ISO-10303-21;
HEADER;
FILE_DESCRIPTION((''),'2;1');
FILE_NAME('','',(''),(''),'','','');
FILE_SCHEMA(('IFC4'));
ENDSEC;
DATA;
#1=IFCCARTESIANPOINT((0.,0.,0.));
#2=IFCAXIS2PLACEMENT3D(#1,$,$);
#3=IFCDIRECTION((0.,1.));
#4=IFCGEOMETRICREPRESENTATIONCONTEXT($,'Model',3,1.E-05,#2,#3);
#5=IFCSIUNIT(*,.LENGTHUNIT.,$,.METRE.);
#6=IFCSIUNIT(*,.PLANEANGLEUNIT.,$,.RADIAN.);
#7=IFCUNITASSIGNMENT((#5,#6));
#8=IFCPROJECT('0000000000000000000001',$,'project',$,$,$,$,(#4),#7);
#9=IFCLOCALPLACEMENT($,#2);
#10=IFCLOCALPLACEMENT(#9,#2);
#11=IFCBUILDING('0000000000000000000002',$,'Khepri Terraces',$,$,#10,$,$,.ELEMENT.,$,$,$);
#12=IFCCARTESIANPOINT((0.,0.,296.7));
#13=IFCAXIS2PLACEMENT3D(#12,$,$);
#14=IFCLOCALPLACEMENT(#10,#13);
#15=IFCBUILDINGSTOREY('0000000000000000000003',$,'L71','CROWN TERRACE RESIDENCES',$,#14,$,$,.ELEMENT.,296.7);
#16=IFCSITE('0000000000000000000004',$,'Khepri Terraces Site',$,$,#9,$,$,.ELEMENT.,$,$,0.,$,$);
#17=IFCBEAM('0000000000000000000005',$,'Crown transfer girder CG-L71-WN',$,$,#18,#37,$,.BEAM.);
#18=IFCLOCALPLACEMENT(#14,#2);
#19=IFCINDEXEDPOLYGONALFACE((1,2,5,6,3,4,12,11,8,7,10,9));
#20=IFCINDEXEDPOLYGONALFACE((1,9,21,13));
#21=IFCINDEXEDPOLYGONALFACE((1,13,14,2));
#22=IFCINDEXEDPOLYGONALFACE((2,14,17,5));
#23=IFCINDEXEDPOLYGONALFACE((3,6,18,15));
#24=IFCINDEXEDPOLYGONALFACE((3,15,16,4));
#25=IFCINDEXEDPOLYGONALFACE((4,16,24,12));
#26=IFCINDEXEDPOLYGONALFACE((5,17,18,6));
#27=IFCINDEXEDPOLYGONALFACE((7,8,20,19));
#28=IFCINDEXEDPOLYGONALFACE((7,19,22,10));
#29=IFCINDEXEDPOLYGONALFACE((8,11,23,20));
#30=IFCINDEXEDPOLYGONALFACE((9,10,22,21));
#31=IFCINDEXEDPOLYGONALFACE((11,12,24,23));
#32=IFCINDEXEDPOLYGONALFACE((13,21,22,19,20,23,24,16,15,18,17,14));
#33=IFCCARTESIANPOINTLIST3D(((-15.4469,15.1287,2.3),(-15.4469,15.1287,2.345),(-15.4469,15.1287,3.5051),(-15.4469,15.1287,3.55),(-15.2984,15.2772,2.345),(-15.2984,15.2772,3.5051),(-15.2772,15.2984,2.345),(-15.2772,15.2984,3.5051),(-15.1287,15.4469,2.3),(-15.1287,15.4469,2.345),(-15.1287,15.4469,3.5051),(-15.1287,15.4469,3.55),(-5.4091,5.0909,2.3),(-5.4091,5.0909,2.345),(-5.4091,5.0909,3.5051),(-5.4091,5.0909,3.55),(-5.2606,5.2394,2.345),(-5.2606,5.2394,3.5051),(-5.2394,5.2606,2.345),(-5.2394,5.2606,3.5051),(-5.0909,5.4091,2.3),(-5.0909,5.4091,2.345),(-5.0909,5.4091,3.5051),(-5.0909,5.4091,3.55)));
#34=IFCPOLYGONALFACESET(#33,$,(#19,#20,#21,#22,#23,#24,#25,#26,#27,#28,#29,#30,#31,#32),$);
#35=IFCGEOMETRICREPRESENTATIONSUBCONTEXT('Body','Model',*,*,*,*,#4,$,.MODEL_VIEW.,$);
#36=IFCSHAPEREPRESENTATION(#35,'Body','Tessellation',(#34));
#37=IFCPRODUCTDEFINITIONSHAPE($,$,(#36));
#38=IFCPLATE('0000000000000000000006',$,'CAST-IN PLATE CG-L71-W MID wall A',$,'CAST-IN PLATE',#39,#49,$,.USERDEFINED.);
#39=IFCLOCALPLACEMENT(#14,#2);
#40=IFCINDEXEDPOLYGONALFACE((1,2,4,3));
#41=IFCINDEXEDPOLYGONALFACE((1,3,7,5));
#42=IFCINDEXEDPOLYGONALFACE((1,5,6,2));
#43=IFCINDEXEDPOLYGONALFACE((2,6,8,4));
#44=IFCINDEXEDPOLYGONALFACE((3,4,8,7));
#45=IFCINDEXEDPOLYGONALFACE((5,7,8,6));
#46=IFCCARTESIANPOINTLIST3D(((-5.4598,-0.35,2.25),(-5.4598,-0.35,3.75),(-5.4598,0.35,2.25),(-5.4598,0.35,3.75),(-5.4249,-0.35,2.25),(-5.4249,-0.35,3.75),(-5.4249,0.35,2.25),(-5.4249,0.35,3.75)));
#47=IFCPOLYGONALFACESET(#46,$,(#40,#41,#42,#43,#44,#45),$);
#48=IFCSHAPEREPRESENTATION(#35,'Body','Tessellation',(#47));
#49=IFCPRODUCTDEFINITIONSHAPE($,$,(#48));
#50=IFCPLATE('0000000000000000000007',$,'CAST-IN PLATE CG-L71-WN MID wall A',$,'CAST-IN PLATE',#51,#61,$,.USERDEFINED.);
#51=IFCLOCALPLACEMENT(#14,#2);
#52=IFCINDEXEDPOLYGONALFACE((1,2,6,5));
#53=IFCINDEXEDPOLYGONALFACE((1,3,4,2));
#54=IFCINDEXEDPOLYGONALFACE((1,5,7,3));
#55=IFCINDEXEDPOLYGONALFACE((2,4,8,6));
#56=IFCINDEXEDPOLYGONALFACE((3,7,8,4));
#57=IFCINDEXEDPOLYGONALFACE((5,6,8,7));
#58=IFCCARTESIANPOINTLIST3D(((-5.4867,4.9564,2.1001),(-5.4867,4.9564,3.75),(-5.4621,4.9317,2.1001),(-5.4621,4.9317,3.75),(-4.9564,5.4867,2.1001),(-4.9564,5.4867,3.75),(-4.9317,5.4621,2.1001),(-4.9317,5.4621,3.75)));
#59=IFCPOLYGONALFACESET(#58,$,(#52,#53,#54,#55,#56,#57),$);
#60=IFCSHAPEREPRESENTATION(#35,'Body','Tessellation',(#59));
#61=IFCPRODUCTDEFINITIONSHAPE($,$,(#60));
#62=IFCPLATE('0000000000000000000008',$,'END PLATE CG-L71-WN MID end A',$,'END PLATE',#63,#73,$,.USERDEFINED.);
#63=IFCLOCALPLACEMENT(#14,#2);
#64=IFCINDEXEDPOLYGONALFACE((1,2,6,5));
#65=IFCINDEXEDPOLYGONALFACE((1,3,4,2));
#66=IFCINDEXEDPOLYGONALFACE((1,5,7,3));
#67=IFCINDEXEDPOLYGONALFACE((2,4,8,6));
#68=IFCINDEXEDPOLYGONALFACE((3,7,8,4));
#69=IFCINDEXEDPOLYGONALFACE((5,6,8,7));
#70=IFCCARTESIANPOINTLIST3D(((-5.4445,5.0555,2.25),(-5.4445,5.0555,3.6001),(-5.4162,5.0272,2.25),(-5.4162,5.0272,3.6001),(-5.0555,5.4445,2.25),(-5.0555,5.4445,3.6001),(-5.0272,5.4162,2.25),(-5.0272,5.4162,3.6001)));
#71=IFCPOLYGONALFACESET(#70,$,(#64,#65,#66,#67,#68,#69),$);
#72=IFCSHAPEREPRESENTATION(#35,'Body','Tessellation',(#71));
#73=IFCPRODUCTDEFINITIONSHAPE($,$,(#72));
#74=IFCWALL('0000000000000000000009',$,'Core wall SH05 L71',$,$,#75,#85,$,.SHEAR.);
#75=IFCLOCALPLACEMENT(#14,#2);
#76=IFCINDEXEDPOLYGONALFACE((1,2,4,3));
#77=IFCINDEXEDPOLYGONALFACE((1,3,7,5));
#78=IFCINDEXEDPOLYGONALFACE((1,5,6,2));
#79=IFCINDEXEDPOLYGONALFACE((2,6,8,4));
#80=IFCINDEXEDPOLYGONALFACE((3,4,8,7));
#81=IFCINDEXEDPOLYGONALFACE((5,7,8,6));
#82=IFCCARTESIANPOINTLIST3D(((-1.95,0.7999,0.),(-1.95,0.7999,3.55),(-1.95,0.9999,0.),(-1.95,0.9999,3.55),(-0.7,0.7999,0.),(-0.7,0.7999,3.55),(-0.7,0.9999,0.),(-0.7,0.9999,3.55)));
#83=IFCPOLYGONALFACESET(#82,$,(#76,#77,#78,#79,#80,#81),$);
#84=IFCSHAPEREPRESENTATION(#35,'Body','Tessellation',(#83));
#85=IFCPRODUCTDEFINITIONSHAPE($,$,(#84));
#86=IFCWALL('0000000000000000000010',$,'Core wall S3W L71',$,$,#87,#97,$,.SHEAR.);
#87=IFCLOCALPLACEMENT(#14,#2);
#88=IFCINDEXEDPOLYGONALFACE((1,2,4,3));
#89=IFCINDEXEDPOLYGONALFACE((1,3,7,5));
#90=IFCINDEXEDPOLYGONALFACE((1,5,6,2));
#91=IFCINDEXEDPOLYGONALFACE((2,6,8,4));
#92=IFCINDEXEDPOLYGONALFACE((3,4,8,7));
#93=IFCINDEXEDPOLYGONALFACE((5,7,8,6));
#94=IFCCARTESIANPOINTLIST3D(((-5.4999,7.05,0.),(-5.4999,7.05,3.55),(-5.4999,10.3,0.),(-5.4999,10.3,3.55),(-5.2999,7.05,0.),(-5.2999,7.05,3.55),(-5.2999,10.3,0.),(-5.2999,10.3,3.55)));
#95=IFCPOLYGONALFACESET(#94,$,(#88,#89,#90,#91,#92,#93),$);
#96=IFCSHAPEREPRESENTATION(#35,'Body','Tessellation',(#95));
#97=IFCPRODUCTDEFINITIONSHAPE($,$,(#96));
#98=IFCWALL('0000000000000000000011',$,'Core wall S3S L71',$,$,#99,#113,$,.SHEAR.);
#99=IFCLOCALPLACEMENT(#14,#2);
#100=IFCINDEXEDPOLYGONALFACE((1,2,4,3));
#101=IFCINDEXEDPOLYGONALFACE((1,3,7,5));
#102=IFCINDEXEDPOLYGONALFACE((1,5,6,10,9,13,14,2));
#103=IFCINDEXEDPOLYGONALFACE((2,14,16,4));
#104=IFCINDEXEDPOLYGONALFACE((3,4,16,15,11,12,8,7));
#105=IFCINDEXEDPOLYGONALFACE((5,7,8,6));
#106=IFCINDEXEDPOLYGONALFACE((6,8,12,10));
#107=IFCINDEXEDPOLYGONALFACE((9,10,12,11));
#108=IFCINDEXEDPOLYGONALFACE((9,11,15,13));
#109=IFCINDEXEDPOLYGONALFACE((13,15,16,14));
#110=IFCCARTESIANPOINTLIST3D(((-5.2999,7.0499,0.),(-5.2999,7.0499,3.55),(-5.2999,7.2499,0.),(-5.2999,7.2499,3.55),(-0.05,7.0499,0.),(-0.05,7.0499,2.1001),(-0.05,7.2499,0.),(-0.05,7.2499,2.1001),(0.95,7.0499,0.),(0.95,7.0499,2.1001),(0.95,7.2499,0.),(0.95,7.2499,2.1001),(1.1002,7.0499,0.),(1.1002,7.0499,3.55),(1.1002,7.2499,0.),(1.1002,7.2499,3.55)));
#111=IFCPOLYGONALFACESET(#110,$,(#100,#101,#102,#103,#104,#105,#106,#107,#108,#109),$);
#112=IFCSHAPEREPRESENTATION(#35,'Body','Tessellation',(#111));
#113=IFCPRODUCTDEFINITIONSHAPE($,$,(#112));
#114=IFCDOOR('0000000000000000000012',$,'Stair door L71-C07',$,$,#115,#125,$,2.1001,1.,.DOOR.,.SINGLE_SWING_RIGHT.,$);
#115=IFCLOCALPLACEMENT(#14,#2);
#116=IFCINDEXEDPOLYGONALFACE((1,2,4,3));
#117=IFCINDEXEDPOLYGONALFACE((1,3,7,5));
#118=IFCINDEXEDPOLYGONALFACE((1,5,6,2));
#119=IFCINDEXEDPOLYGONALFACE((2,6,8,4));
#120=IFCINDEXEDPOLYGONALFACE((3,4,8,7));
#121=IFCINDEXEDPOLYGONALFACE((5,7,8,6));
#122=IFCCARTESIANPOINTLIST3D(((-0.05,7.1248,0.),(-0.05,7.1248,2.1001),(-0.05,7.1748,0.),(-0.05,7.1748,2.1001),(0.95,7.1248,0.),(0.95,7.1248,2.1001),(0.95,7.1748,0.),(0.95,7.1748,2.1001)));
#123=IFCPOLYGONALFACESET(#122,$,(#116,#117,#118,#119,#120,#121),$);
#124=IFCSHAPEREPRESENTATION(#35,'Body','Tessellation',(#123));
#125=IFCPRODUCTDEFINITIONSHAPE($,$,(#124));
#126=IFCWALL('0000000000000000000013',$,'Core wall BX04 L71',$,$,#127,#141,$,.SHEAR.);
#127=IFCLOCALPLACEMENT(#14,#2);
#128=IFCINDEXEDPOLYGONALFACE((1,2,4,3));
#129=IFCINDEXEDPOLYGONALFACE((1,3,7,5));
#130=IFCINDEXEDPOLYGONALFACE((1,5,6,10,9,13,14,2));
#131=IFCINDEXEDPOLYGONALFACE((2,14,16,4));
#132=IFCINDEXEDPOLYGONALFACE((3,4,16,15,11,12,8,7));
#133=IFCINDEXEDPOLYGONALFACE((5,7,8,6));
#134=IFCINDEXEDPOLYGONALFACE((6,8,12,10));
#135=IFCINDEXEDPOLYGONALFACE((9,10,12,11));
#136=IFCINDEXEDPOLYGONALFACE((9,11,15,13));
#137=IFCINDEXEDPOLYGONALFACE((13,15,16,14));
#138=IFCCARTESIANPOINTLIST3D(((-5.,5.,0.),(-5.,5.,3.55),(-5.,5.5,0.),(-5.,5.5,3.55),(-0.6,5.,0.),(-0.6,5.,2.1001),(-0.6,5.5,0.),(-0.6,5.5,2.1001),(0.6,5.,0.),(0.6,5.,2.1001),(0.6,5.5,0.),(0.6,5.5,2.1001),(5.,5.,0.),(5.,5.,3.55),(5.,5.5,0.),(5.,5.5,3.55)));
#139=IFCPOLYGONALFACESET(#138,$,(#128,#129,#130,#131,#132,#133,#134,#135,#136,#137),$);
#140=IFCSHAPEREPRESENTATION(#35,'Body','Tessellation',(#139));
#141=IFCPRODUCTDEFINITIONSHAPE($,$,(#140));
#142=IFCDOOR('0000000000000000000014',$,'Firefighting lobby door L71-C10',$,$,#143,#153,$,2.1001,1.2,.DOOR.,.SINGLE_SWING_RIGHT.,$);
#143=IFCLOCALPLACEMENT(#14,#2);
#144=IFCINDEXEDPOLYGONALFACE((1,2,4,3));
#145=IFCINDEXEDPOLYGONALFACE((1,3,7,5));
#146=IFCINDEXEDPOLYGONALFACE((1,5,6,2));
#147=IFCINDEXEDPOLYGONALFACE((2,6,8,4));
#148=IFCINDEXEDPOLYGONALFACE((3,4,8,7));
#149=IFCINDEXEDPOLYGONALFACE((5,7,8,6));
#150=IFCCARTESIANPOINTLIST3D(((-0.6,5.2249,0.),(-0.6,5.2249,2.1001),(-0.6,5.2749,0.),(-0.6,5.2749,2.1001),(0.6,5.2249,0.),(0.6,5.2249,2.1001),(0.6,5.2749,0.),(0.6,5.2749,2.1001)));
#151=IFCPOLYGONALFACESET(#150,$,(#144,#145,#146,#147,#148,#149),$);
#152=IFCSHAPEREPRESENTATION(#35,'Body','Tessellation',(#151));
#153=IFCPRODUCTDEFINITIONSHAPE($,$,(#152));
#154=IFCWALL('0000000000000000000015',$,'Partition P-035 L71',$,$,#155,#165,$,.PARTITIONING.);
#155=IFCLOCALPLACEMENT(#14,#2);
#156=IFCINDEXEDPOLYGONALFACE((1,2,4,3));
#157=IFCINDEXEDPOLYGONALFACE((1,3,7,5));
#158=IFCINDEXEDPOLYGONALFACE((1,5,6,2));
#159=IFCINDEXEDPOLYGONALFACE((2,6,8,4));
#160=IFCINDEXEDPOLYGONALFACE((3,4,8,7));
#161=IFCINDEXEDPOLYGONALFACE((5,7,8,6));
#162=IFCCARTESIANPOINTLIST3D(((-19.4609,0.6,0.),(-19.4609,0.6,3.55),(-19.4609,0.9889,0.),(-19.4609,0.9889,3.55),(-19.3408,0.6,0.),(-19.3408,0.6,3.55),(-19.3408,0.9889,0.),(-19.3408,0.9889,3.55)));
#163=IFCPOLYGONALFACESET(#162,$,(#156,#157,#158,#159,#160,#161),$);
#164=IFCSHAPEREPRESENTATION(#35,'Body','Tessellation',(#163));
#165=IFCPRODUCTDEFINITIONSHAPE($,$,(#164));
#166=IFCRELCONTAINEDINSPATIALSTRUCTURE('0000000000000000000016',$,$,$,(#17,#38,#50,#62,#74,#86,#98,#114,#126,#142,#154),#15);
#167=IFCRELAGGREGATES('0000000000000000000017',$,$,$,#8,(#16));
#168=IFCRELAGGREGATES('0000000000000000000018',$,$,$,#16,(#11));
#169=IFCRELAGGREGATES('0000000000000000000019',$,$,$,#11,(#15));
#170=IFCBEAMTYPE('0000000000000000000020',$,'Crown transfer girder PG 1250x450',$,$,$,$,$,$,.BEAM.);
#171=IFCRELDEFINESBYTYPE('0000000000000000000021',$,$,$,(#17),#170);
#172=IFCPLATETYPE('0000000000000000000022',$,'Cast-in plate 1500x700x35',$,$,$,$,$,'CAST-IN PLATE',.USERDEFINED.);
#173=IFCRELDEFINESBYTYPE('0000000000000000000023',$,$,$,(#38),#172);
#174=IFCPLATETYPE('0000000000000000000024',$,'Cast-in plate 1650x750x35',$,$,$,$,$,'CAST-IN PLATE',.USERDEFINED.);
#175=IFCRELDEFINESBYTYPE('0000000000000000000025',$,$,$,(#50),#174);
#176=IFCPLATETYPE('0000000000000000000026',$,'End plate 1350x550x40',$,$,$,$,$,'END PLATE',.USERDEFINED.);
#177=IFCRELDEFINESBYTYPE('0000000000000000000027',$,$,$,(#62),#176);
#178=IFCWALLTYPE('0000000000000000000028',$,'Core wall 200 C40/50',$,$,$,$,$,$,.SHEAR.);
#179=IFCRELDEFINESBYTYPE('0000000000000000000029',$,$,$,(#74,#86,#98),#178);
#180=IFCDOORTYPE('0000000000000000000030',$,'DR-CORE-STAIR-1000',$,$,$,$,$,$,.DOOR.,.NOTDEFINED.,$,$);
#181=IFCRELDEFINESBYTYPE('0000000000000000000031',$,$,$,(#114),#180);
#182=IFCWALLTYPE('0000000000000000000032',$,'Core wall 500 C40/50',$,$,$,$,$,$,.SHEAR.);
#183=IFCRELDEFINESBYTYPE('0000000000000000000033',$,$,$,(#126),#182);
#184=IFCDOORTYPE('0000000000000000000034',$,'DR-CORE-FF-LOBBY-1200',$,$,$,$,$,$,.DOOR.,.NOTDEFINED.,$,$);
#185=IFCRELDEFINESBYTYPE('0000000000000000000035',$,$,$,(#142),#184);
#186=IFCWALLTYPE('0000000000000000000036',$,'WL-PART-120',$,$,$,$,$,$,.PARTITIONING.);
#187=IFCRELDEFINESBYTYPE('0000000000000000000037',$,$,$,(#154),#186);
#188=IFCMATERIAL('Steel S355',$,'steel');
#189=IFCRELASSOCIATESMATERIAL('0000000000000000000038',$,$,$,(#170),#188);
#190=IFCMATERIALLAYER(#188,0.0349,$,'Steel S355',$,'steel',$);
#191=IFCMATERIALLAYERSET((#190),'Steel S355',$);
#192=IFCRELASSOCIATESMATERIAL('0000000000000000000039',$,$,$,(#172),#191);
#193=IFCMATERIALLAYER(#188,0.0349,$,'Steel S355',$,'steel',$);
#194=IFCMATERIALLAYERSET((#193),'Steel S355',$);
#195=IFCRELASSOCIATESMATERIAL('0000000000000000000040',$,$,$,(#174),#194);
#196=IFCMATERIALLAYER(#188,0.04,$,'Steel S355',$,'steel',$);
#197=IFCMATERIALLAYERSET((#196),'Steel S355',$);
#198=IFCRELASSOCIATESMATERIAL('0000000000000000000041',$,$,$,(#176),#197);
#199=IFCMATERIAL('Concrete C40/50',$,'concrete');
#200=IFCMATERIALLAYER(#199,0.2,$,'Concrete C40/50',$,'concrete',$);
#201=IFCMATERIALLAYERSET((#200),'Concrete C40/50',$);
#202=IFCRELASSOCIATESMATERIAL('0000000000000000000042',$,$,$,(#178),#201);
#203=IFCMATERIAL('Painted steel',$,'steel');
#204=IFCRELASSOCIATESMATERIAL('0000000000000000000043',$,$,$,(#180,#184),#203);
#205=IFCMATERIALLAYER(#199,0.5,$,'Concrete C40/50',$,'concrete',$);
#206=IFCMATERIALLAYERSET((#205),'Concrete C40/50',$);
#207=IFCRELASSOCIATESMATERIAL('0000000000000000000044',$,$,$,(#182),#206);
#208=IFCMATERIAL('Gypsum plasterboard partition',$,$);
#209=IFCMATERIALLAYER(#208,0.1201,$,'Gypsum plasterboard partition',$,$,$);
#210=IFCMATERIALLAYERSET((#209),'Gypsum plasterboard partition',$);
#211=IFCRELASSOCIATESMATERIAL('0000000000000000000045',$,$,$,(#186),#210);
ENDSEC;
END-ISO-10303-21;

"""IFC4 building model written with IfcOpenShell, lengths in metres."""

from ifc_helpers import new_model, si_unit, direction, frame, frame_2d, origin, origin_2d, place, context, subcontext, project, spatial, rectangle, i_section, extrude, material, layer, layer_set, material_profile, profile_set, type_object, element, fill, save


model = new_model("IFC4")

# Units and contexts
model_context = context("Model", 3, precision=1e-05, world=origin(), true_north=direction((0.0, 1.0)))
body_context = subcontext(model_context, "Body", "Model", "MODEL_VIEW")
ifc_project = project(units=[si_unit("LENGTHUNIT", "METRE"), si_unit("PLANEANGLEUNIT", "RADIAN")], contexts=[model_context])

# Site, building, storey
site_placement = place(None, origin())
site = spatial("IfcSite", under=ifc_project, at=site_placement, Name="Khepri Terraces Site", CompositionType="ELEMENT", RefElevation=0.0)
building_placement = place(site_placement, origin())
building = spatial("IfcBuilding", under=site, at=building_placement, Name="Khepri Terraces", CompositionType="ELEMENT")
storey_placement = place(building_placement, frame((0.0, 0.0, 296.7)))
storey = spatial("IfcBuildingStorey", under=building, at=storey_placement, Name="L71", Description="CROWN TERRACE RESIDENCES", CompositionType="ELEMENT", Elevation=296.7)

# Beam
ifc_material_1 = material(Name="Steel S355", Category="steel")
ifc_material_profile = material_profile(ifc_material_1, i_section(OverallWidth=0.45, OverallDepth=1.25, WebThickness=0.03, FlangeThickness=0.0449, at=origin_2d()), Name="Steel S355", Category="steel")
ifc_profile_set = profile_set([ifc_material_profile], Name="Steel S355")
beam_type = type_object("IfcBeamType", Name="Crown transfer girder PG 1250x450", PredefinedType="BEAM", material=ifc_profile_set)
beam_placement = place(storey_placement, frame((-5.25, 5.25, 2.925), z_axis=(-0.707107, 0.707107, 0.0), x_axis=(-0.707107, -0.707107, 0.0)))
element("IfcBeam", 1, at=beam_placement, inside=storey, type_object=beam_type, Name="Crown transfer girder CG-L71-WN", PredefinedType="BEAM", context=body_context, shape_type="SweptSolid", body=[
    extrude(i_section(OverallWidth=0.45, OverallDepth=1.25, WebThickness=0.03, FlangeThickness=0.0449, at=origin_2d()), origin(), (0.0, 0.0, 1.0), 14.1956),
])

# Plates
ifc_layer_1 = layer(ifc_material_1, 0.0349, Name="Steel S355", Category="steel")
ifc_layer_set_1 = layer_set([ifc_layer_1], Name="Steel S355")
plate_type_1 = type_object("IfcPlateType", Name="Cast-in plate 1500x700x35", ElementType="CAST-IN PLATE", PredefinedType="USERDEFINED", material=ifc_layer_set_1)
plate_1_placement = place(storey_placement, frame((-5.4424, 0.0, 2.25), z_axis=(0.0, 0.0, 1.0), x_axis=(-1.0, 0.0, 0.0)))
element("IfcPlate", 2, at=plate_1_placement, inside=storey, type_object=plate_type_1, Name="CAST-IN PLATE CG-L71-W MID wall A", ObjectType="CAST-IN PLATE", PredefinedType="USERDEFINED", context=body_context, shape_type="SweptSolid", body=[
    extrude(rectangle(XDim=0.0349, YDim=0.7, at=origin_2d()), origin(), (0.0, 0.0, 1.0), 1.5),
])
ifc_layer_2 = layer(ifc_material_1, 0.0349, Name="Steel S355", Category="steel")
ifc_layer_set_2 = layer_set([ifc_layer_2], Name="Steel S355")
plate_type_2 = type_object("IfcPlateType", Name="Cast-in plate 1650x750x35", ElementType="CAST-IN PLATE", PredefinedType="USERDEFINED", material=ifc_layer_set_2)
plate_2_placement = place(storey_placement, frame((-5.2092, 5.2092, 2.1001), z_axis=(0.0, 0.0, 1.0), x_axis=(-0.707107, 0.707107, 0.0)))
element("IfcPlate", 3, at=plate_2_placement, inside=storey, type_object=plate_type_2, Name="CAST-IN PLATE CG-L71-WN MID wall A", ObjectType="CAST-IN PLATE", PredefinedType="USERDEFINED", context=body_context, shape_type="SweptSolid", body=[
    extrude(rectangle(XDim=0.0349, YDim=0.75, at=origin_2d()), origin(), (0.0, 0.0, 1.0), 1.6499),
])
ifc_layer_3 = layer(ifc_material_1, 0.04, Name="Steel S355", Category="steel")
ifc_layer_set_3 = layer_set([ifc_layer_3], Name="Steel S355")
plate_type_3 = type_object("IfcPlateType", Name="End plate 1350x550x40", ElementType="END PLATE", PredefinedType="USERDEFINED", material=ifc_layer_set_3)
plate_3_placement = place(storey_placement, frame((-5.2358, 5.2358, 2.25), z_axis=(0.0, 0.0, 1.0), x_axis=(-0.707107, 0.707107, 0.0)))
element("IfcPlate", 4, at=plate_3_placement, inside=storey, type_object=plate_type_3, Name="END PLATE CG-L71-WN MID end A", ObjectType="END PLATE", PredefinedType="USERDEFINED", context=body_context, shape_type="SweptSolid", body=[
    extrude(rectangle(XDim=0.04, YDim=0.55, at=origin_2d()), origin(), (0.0, 0.0, 1.0), 1.3501),
])

# Walls
ifc_material_2 = material(Name="Concrete C40/50", Category="concrete")
ifc_layer_4 = layer(ifc_material_2, 0.2, Name="Concrete C40/50", Category="concrete")
ifc_layer_set_4 = layer_set([ifc_layer_4], Name="Concrete C40/50")
wall_type_1 = type_object("IfcWallType", Name="Core wall 200 C40/50", PredefinedType="SHEAR", material=ifc_layer_set_4)
wall_1_placement = place(storey_placement, frame((-1.95, 0.8999, 0.0), z_axis=(0.0, 0.0, 1.0), x_axis=(1.0, 0.0, 0.0)))
element("IfcWall", 5, at=wall_1_placement, inside=storey, type_object=wall_type_1, Name="Core wall SH05 L71", PredefinedType="SHEAR", context=body_context, shape_type="SweptSolid", body=[
    extrude(rectangle(XDim=1.25, YDim=0.2, at=frame_2d((0.625, 0.0))), origin(), (0.0, 0.0, 1.0), 3.55),
])
wall_2_placement = place(storey_placement, frame((-5.3999, 7.05, 0.0), z_axis=(0.0, 0.0, 1.0), x_axis=(0.0, 1.0, 0.0)))
element("IfcWall", 6, at=wall_2_placement, inside=storey, type_object=wall_type_1, Name="Core wall S3W L71", PredefinedType="SHEAR", context=body_context, shape_type="SweptSolid", body=[
    extrude(rectangle(XDim=3.25, YDim=0.2, at=frame_2d((1.625, 0.0))), origin(), (0.0, 0.0, 1.0), 3.55),
])

# Walls, openings, doors
wall_3_placement = place(storey_placement, frame((-5.3, 7.1499, 0.0), z_axis=(0.0, 0.0, 1.0), x_axis=(1.0, 0.0, 0.0)))
wall_3 = element("IfcWall", 7, at=wall_3_placement, inside=storey, type_object=wall_type_1, Name="Core wall S3S L71", PredefinedType="SHEAR", context=body_context, shape_type="SweptSolid", body=[
    extrude(rectangle(XDim=6.4001, YDim=0.2, at=frame_2d((3.2002, 0.0))), origin(), (0.0, 0.0, 1.0), 3.55),
])
opening_1_placement = place(wall_3_placement, frame((5.25, 0.0, 0.0)))
opening_1 = element("IfcOpeningElement", 8, at=opening_1_placement, cuts=wall_3, PredefinedType="OPENING", context=body_context, shape_type="SweptSolid", body=[
    extrude(rectangle(XDim=1.0, YDim=2.1001, at=frame_2d((0.5, 1.05))), frame((0.0, 0.1099, 0.0), z_axis=(0.0, -1.0, 0.0), x_axis=(1.0, 0.0, 0.0)), (0.0, 0.0, 1.0), 0.22),
])
ifc_material_3 = material(Name="Painted steel", Category="steel")
door_type_1 = type_object("IfcDoorType", Name="DR-CORE-STAIR-1000", OperationType="NOTDEFINED", PredefinedType="DOOR", material=ifc_material_3)
door_1_placement = place(opening_1_placement, origin())
door_1 = element("IfcDoor", 9, at=door_1_placement, inside=storey, type_object=door_type_1, Name="Stair door L71-C07", OperationType="SINGLE_SWING_RIGHT", OverallHeight=2.1001, OverallWidth=1.0, PredefinedType="DOOR", context=body_context, shape_type="SweptSolid", body=[
    extrude(rectangle(XDim=1.0, YDim=2.1001, at=frame_2d((0.5, 1.05))), frame((0.0, 0.0249, 0.0), z_axis=(0.0, -1.0, 0.0), x_axis=(1.0, 0.0, 0.0)), (0.0, 0.0, 1.0), 0.05),
])
fill(opening_1, door_1)
ifc_layer_5 = layer(ifc_material_2, 0.5, Name="Concrete C40/50", Category="concrete")
ifc_layer_set_5 = layer_set([ifc_layer_5], Name="Concrete C40/50")
wall_type_2 = type_object("IfcWallType", Name="Core wall 500 C40/50", PredefinedType="SHEAR", material=ifc_layer_set_5)
wall_4_placement = place(storey_placement, frame((-5.0, 5.25, 0.0), z_axis=(0.0, 0.0, 1.0), x_axis=(1.0, 0.0, 0.0)))
wall_4 = element("IfcWall", 10, at=wall_4_placement, inside=storey, type_object=wall_type_2, Name="Core wall BX04 L71", PredefinedType="SHEAR", context=body_context, shape_type="SweptSolid", body=[
    extrude(rectangle(XDim=10.0, YDim=0.5, at=frame_2d((5.0, 0.0))), origin(), (0.0, 0.0, 1.0), 3.55),
])
opening_2_placement = place(wall_4_placement, frame((4.3999, 0.0, 0.0)))
opening_2 = element("IfcOpeningElement", 11, at=opening_2_placement, cuts=wall_4, PredefinedType="OPENING", context=body_context, shape_type="SweptSolid", body=[
    extrude(rectangle(XDim=1.2, YDim=2.1001, at=frame_2d((0.6001, 1.05))), frame((0.0, 0.26, 0.0), z_axis=(0.0, -1.0, 0.0), x_axis=(1.0, 0.0, 0.0)), (0.0, 0.0, 1.0), 0.52),
])
door_type_2 = type_object("IfcDoorType", Name="DR-CORE-FF-LOBBY-1200", OperationType="NOTDEFINED", PredefinedType="DOOR", material=ifc_material_3)
door_2_placement = place(opening_2_placement, origin())
door_2 = element("IfcDoor", 12, at=door_2_placement, inside=storey, type_object=door_type_2, Name="Firefighting lobby door L71-C10", OperationType="SINGLE_SWING_RIGHT", OverallHeight=2.1001, OverallWidth=1.2, PredefinedType="DOOR", context=body_context, shape_type="SweptSolid", body=[
    extrude(rectangle(XDim=1.2, YDim=2.1001, at=frame_2d((0.6001, 1.05))), frame((0.0, 0.0249, 0.0), z_axis=(0.0, -1.0, 0.0), x_axis=(1.0, 0.0, 0.0)), (0.0, 0.0, 1.0), 0.05),
])
fill(opening_2, door_2)

# Wall
ifc_material_4 = material(Name="Gypsum plasterboard partition")
ifc_layer_6 = layer(ifc_material_4, 0.1201, Name="Gypsum plasterboard partition")
ifc_layer_set_6 = layer_set([ifc_layer_6], Name="Gypsum plasterboard partition")
wall_type_3 = type_object("IfcWallType", Name="WL-PART-120", PredefinedType="PARTITIONING", material=ifc_layer_set_6)
for number, where, z_axis, x_axis, name in (
    (13, (-19.4009, 0.6001, 0.0), (0.0, 0.0, 1.0), (0.0, 1.0, 0.0), "Partition P-035 L71"),
):
    element("IfcWall", number, at=place(storey_placement, frame(where, z_axis=z_axis, x_axis=x_axis)), inside=storey, type_object=wall_type_3, Name=name, PredefinedType="PARTITIONING", context=body_context, shape_type="SweptSolid", body=[
        extrude(rectangle(XDim=0.3889, YDim=0.1201, at=frame_2d((0.1943, 0.0))), origin(), (0.0, 0.0, 1.0), 3.55),
    ])

save(model, "model.ifc")
